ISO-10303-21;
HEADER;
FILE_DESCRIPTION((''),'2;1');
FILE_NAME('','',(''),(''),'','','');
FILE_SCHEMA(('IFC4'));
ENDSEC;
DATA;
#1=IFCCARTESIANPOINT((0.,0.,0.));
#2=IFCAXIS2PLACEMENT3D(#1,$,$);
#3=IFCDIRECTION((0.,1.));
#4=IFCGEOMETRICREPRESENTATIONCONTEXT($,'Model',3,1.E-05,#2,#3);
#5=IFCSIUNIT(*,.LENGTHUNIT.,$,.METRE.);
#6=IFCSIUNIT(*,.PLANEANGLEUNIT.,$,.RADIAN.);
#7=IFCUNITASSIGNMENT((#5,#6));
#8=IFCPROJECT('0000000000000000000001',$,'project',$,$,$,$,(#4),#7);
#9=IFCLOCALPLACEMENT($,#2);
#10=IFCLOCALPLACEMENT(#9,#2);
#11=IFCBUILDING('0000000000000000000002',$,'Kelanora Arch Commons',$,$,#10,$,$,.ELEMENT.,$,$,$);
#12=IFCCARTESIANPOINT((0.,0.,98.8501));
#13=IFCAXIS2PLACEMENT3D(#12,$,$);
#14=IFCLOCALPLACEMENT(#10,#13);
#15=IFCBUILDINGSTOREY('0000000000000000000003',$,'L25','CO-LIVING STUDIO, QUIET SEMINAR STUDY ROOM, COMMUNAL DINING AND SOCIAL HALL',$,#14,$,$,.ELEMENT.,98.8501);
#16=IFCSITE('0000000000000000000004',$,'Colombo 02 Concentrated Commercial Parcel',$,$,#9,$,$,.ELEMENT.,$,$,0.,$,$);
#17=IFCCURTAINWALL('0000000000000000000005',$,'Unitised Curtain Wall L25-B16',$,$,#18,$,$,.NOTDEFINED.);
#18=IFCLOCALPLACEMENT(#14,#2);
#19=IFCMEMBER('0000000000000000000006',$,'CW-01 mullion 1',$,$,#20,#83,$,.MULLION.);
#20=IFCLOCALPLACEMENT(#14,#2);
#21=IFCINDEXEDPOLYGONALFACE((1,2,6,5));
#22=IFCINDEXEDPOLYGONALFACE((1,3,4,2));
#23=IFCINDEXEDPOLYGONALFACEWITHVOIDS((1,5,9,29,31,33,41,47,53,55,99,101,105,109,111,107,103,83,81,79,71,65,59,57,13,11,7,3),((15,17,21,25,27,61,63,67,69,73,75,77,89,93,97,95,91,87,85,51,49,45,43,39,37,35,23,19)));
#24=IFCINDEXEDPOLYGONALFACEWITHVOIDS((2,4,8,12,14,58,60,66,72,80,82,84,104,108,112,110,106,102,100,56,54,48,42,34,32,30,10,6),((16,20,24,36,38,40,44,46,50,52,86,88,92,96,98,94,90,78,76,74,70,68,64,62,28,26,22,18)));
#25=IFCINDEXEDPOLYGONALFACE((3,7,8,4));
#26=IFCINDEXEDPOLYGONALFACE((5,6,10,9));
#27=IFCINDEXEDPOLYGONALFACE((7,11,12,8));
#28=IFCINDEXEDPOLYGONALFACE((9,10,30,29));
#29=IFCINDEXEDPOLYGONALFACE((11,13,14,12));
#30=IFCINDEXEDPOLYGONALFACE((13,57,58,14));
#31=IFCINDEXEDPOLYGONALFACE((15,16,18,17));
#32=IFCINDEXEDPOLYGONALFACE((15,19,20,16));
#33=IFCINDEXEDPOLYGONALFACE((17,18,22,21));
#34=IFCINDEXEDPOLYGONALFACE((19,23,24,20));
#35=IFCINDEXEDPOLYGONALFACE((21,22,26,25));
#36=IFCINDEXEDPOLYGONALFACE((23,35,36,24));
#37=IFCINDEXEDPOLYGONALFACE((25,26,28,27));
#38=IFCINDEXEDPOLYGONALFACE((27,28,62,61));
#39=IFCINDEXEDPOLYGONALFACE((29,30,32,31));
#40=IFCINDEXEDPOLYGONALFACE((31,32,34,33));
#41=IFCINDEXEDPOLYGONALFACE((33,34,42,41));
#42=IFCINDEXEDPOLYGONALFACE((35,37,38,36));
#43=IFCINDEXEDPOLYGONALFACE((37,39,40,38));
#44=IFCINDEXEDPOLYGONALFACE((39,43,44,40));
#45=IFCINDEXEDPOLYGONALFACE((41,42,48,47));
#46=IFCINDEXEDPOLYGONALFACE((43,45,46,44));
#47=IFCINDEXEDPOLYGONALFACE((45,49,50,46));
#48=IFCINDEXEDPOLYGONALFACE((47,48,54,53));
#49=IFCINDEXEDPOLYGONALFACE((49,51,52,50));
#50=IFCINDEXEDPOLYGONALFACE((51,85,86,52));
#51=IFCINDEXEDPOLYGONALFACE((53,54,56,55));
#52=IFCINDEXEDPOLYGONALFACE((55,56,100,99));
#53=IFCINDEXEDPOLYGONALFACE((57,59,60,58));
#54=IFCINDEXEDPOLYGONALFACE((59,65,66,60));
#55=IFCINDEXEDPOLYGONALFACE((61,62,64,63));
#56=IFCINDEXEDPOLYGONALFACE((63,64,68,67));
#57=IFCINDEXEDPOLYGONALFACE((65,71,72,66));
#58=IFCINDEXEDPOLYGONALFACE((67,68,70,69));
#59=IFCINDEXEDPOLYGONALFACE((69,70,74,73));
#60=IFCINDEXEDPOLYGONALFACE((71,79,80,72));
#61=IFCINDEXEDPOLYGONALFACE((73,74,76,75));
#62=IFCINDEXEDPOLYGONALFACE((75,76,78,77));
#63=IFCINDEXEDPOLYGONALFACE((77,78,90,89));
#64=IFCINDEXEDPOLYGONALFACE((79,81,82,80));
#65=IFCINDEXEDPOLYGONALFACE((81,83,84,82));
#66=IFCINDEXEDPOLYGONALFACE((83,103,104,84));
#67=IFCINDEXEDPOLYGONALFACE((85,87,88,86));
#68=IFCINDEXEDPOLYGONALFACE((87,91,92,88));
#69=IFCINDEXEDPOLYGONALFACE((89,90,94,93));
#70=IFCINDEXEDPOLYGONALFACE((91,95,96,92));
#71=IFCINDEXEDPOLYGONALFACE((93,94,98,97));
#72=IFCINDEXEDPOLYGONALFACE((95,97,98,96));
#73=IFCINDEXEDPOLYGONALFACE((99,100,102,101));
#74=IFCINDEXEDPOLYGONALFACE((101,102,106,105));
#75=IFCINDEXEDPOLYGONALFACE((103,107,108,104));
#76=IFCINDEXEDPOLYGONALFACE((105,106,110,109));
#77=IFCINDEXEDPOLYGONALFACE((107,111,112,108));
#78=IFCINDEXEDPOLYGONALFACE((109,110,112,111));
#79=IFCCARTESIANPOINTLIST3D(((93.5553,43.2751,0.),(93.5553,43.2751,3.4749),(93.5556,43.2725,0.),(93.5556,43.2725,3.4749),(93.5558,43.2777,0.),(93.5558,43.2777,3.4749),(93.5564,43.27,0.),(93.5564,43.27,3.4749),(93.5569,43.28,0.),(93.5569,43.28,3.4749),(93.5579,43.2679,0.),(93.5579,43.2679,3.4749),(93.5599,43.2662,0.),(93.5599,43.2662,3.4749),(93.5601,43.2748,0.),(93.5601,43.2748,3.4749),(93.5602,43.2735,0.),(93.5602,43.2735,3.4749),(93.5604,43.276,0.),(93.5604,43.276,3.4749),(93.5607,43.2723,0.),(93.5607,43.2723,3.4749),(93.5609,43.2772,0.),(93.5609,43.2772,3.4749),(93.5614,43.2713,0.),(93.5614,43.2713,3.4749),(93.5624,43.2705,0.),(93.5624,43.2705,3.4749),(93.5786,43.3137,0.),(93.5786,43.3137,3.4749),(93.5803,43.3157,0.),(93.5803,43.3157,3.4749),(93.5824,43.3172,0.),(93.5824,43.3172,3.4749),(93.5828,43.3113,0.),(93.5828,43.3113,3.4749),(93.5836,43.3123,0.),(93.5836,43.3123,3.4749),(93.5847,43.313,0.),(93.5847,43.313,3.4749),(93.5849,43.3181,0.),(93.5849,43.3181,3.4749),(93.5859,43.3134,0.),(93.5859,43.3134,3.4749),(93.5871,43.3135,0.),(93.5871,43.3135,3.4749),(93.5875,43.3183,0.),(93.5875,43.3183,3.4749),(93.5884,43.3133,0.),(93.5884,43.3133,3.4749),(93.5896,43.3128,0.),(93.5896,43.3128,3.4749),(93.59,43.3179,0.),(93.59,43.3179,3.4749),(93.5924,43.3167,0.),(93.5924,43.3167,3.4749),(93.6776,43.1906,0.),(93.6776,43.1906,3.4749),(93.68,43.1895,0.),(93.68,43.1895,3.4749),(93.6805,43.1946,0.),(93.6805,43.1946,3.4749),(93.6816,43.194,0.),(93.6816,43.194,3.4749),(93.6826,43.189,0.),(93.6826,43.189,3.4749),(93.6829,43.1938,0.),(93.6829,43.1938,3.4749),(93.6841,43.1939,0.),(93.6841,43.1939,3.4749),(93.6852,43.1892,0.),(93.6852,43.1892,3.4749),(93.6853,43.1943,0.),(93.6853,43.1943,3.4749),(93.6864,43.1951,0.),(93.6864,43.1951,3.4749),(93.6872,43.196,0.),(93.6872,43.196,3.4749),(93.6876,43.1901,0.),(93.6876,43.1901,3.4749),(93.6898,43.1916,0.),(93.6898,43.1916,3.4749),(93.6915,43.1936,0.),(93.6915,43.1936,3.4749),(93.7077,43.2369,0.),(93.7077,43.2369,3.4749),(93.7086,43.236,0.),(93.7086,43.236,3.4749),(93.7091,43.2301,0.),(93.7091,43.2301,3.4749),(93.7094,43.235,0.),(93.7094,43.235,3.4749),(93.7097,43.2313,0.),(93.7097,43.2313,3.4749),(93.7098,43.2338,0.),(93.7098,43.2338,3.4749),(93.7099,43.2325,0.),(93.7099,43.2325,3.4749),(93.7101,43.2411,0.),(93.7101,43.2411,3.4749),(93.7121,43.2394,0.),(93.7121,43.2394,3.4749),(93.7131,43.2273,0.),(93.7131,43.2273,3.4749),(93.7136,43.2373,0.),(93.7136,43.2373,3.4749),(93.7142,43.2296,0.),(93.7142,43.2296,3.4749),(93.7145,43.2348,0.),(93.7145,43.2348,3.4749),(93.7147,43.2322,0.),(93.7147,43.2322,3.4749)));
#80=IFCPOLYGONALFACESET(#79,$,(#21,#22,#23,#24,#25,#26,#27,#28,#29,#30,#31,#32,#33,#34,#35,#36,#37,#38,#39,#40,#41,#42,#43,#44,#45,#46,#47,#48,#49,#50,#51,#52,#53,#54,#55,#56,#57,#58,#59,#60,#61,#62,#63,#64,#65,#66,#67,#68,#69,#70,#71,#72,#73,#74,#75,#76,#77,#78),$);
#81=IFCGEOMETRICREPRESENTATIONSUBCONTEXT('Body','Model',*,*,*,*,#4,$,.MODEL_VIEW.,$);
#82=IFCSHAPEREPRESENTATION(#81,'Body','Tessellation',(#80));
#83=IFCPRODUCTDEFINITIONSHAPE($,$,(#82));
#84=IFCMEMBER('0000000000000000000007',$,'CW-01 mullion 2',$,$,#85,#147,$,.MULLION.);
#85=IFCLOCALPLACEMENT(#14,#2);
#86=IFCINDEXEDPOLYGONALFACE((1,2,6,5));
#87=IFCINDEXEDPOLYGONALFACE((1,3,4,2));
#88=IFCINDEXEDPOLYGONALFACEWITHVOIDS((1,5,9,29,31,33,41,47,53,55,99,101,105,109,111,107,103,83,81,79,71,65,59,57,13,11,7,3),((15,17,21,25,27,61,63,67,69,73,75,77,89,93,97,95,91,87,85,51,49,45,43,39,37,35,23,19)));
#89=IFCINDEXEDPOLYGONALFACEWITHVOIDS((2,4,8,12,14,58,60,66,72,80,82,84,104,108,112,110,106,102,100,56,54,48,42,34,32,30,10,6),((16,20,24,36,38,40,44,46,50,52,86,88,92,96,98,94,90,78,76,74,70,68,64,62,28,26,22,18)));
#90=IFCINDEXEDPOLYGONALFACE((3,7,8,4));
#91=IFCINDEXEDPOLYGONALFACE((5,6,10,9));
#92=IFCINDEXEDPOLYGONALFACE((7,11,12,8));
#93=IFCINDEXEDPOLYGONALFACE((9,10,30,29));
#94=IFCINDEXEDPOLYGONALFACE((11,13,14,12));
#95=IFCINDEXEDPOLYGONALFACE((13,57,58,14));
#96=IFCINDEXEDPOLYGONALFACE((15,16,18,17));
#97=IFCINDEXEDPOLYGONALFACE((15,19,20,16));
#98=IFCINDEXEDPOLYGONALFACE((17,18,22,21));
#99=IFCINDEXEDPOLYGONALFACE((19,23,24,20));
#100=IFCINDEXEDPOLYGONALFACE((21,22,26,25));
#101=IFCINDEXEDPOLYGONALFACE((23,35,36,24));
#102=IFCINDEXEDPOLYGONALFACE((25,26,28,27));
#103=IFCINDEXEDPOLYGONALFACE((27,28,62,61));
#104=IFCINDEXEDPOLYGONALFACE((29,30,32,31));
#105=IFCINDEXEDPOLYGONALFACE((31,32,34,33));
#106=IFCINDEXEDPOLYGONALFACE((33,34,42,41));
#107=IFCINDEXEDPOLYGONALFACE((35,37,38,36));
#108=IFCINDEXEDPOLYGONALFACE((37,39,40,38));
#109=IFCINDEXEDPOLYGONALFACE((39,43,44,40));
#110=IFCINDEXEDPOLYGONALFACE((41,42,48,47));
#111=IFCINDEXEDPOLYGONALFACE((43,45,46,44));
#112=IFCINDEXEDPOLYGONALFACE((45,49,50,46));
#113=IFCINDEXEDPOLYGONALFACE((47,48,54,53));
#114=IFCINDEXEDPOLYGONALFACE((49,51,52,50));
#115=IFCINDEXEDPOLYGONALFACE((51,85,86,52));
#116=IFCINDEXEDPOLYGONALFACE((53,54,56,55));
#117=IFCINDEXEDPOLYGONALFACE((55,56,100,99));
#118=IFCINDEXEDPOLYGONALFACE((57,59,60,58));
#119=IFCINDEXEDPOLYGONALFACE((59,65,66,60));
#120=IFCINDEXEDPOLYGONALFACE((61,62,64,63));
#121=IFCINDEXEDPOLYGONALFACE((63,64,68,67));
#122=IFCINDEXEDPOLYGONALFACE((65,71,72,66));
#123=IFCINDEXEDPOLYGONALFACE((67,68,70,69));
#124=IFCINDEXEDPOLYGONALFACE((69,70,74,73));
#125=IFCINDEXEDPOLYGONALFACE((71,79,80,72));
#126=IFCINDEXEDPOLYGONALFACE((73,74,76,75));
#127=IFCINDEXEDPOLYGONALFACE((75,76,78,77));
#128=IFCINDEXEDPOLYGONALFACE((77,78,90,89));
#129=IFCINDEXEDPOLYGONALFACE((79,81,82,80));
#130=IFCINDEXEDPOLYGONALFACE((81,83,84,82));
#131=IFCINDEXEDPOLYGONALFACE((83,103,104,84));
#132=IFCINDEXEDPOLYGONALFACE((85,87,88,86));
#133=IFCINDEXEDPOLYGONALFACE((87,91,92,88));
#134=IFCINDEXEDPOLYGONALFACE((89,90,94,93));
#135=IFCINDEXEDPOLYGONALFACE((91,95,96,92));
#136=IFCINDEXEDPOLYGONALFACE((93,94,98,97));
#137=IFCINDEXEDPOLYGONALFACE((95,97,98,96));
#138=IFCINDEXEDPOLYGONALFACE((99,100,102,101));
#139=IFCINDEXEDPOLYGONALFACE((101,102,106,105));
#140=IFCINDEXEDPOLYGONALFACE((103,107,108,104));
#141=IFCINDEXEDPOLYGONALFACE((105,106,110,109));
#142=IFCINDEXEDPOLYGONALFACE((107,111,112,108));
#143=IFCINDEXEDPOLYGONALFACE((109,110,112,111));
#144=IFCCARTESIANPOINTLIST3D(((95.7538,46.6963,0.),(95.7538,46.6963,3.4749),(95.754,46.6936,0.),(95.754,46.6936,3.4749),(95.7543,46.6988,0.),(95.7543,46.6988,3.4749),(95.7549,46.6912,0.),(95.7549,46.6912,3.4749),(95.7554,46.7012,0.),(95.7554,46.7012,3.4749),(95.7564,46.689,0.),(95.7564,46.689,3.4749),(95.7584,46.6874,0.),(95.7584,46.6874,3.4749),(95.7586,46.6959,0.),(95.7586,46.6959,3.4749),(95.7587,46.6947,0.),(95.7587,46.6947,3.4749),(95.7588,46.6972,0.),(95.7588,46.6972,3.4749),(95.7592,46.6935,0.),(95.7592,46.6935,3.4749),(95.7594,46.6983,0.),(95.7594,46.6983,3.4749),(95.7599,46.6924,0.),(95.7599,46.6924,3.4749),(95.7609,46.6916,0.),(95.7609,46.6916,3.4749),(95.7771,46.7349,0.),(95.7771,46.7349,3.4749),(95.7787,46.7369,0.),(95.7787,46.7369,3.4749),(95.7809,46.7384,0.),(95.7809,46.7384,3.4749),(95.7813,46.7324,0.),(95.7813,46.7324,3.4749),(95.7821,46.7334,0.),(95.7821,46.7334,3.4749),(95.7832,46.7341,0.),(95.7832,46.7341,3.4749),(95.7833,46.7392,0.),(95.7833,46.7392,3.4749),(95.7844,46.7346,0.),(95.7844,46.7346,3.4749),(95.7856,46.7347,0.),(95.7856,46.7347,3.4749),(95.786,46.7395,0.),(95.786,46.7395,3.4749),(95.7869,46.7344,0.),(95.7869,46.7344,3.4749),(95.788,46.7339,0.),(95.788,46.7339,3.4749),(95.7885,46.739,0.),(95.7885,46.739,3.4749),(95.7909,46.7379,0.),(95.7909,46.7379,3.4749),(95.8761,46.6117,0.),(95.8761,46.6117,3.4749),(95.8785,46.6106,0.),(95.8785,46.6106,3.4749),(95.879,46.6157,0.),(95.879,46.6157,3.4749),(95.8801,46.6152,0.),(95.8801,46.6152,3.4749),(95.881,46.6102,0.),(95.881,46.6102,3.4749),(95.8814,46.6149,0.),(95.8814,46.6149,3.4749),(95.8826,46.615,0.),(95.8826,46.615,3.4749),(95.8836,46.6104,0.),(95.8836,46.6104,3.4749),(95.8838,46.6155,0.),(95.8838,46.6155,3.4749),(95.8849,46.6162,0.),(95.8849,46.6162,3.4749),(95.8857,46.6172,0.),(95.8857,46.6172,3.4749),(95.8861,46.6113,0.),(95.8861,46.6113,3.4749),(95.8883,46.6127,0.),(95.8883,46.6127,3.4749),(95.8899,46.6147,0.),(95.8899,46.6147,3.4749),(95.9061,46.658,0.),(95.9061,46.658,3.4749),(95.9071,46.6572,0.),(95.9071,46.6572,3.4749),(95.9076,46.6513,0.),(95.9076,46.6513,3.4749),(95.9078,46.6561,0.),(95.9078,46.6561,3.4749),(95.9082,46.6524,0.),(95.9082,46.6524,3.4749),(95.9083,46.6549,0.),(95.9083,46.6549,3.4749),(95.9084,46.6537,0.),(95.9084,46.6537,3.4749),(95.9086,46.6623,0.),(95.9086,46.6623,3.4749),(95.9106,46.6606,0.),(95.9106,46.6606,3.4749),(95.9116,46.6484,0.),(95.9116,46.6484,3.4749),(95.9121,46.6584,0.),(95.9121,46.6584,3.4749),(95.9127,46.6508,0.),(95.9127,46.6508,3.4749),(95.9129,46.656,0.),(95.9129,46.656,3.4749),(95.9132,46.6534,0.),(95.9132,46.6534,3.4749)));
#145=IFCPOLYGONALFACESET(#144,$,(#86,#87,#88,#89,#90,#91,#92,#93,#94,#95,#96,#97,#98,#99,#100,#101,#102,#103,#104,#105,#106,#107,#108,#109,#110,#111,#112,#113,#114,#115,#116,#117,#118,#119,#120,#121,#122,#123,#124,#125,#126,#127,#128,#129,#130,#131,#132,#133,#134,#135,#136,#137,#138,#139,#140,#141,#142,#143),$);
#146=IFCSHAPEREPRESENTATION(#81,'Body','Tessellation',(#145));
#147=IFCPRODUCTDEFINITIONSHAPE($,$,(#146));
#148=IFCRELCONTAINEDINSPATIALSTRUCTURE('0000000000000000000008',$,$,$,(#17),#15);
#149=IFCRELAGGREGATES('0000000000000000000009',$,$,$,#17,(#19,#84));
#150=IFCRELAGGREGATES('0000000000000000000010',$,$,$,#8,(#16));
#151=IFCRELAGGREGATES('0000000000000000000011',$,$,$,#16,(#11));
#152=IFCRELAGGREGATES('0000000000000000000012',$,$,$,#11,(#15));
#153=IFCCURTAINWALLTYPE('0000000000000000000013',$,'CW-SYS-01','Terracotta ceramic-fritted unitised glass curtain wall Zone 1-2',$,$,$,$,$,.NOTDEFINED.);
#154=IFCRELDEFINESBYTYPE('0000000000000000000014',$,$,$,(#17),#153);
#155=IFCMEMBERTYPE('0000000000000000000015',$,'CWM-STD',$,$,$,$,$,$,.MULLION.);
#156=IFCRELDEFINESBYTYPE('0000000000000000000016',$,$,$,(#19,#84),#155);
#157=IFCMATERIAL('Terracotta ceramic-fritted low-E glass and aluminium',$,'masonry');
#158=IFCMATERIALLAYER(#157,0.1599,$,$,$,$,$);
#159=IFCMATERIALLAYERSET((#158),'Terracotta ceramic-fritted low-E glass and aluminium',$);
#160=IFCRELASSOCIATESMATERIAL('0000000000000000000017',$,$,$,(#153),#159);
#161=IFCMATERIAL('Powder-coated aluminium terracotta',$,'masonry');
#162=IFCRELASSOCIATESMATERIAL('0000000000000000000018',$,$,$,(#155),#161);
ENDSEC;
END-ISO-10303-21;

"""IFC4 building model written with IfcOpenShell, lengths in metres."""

from ifc_helpers import new_model, si_unit, direction, frame, origin, origin_2d, place, context, subcontext, project, spatial, hollow_rectangle, extrude, material, layer, layer_set, material_profile, profile_set, type_object, element, aggregate, save


model = new_model("IFC4")

# Units and contexts
model_context = context("Model", 3, precision=1e-05, world=origin(), true_north=direction((0.0, 1.0)))
body_context = subcontext(model_context, "Body", "Model", "MODEL_VIEW")
ifc_project = project(units=[si_unit("LENGTHUNIT", "METRE"), si_unit("PLANEANGLEUNIT", "RADIAN")], contexts=[model_context])

# Site, building, storey
site_placement = place(None, origin())
site = spatial("IfcSite", under=ifc_project, at=site_placement, Name="Colombo 02 Concentrated Commercial Parcel", CompositionType="ELEMENT", RefElevation=0.0)
building_placement = place(site_placement, origin())
building = spatial("IfcBuilding", under=site, at=building_placement, Name="Kelanora Arch Commons", CompositionType="ELEMENT")
storey_placement = place(building_placement, frame((0.0, 0.0, 98.8501)))
storey = spatial("IfcBuildingStorey", under=building, at=storey_placement, Name="L25", Description="CO-LIVING STUDIO, QUIET SEMINAR STUDY ROOM, COMMUNAL DINING AND SOCIAL HALL", CompositionType="ELEMENT", Elevation=98.8501)

# Shared definitions
ifc_material_1 = material(Name="Terracotta ceramic-fritted low-E glass and aluminium", Category="masonry")
ifc_layer_1 = layer(ifc_material_1, 0.1599)
ifc_layer_set_1 = layer_set([ifc_layer_1], Name="Terracotta ceramic-fritted low-E glass and aluminium")
curtain_wall_type = type_object("IfcCurtainWallType", Name="CW-SYS-01", Description="Terracotta ceramic-fritted unitised glass curtain wall Zone 1-2", PredefinedType="NOTDEFINED", material=ifc_layer_set_1)
ifc_material_2 = material(Name="Powder-coated aluminium terracotta", Category="masonry")
ifc_material_profile_1 = material_profile(ifc_material_2, hollow_rectangle(XDim=0.1599, YDim=0.0601, WallThickness=0.0049, InnerFilletRadius=0.0049, OuterFilletRadius=0.01, at=origin_2d()), Name="CWM160x60")
ifc_profile_set_1 = profile_set([ifc_material_profile_1], Name="Powder-coated aluminium terracotta")
member_type_1 = type_object("IfcMemberType", Name="CWM-STD", PredefinedType="MULLION", material=ifc_profile_set_1)

# Curtain wall, members
curtain_wall_1_placement = place(storey_placement, origin())
curtain_wall_1 = element("IfcCurtainWall", 1, at=curtain_wall_1_placement, inside=storey, type_object=curtain_wall_type, Name="Unitised Curtain Wall L25-B16", PredefinedType="NOTDEFINED")
member_1_placement = place(storey_placement, frame((93.635, 43.2537, 0.0), z_axis=(0.0, 0.0, 1.0), x_axis=(-0.841269, 0.540617, 0.0)))
member_1 = element("IfcMember", 2, at=member_1_placement, type_object=member_type_1, Name="CW-01 mullion 1", PredefinedType="MULLION", context=body_context, shape_type="SweptSolid", body=[
    extrude(hollow_rectangle(XDim=0.1599, YDim=0.0601, WallThickness=0.0049, InnerFilletRadius=0.0049, OuterFilletRadius=0.01, at=origin_2d()), origin(), (0.0, 0.0, 1.0), 3.4749),
])
member_2_placement = place(storey_placement, frame((95.8335, 46.6748, 0.0), z_axis=(0.0, 0.0, 1.0), x_axis=(-0.841269, 0.540617, 0.0)))
member_2 = element("IfcMember", 3, at=member_2_placement, type_object=member_type_1, Name="CW-01 mullion 2", PredefinedType="MULLION", context=body_context, shape_type="SweptSolid", body=[
    extrude(hollow_rectangle(XDim=0.1599, YDim=0.0601, WallThickness=0.0049, InnerFilletRadius=0.0049, OuterFilletRadius=0.01, at=origin_2d()), origin(), (0.0, 0.0, 1.0), 3.4749),
])
aggregate(curtain_wall_1, [member_1, member_2])

save(model, "model.ifc")
